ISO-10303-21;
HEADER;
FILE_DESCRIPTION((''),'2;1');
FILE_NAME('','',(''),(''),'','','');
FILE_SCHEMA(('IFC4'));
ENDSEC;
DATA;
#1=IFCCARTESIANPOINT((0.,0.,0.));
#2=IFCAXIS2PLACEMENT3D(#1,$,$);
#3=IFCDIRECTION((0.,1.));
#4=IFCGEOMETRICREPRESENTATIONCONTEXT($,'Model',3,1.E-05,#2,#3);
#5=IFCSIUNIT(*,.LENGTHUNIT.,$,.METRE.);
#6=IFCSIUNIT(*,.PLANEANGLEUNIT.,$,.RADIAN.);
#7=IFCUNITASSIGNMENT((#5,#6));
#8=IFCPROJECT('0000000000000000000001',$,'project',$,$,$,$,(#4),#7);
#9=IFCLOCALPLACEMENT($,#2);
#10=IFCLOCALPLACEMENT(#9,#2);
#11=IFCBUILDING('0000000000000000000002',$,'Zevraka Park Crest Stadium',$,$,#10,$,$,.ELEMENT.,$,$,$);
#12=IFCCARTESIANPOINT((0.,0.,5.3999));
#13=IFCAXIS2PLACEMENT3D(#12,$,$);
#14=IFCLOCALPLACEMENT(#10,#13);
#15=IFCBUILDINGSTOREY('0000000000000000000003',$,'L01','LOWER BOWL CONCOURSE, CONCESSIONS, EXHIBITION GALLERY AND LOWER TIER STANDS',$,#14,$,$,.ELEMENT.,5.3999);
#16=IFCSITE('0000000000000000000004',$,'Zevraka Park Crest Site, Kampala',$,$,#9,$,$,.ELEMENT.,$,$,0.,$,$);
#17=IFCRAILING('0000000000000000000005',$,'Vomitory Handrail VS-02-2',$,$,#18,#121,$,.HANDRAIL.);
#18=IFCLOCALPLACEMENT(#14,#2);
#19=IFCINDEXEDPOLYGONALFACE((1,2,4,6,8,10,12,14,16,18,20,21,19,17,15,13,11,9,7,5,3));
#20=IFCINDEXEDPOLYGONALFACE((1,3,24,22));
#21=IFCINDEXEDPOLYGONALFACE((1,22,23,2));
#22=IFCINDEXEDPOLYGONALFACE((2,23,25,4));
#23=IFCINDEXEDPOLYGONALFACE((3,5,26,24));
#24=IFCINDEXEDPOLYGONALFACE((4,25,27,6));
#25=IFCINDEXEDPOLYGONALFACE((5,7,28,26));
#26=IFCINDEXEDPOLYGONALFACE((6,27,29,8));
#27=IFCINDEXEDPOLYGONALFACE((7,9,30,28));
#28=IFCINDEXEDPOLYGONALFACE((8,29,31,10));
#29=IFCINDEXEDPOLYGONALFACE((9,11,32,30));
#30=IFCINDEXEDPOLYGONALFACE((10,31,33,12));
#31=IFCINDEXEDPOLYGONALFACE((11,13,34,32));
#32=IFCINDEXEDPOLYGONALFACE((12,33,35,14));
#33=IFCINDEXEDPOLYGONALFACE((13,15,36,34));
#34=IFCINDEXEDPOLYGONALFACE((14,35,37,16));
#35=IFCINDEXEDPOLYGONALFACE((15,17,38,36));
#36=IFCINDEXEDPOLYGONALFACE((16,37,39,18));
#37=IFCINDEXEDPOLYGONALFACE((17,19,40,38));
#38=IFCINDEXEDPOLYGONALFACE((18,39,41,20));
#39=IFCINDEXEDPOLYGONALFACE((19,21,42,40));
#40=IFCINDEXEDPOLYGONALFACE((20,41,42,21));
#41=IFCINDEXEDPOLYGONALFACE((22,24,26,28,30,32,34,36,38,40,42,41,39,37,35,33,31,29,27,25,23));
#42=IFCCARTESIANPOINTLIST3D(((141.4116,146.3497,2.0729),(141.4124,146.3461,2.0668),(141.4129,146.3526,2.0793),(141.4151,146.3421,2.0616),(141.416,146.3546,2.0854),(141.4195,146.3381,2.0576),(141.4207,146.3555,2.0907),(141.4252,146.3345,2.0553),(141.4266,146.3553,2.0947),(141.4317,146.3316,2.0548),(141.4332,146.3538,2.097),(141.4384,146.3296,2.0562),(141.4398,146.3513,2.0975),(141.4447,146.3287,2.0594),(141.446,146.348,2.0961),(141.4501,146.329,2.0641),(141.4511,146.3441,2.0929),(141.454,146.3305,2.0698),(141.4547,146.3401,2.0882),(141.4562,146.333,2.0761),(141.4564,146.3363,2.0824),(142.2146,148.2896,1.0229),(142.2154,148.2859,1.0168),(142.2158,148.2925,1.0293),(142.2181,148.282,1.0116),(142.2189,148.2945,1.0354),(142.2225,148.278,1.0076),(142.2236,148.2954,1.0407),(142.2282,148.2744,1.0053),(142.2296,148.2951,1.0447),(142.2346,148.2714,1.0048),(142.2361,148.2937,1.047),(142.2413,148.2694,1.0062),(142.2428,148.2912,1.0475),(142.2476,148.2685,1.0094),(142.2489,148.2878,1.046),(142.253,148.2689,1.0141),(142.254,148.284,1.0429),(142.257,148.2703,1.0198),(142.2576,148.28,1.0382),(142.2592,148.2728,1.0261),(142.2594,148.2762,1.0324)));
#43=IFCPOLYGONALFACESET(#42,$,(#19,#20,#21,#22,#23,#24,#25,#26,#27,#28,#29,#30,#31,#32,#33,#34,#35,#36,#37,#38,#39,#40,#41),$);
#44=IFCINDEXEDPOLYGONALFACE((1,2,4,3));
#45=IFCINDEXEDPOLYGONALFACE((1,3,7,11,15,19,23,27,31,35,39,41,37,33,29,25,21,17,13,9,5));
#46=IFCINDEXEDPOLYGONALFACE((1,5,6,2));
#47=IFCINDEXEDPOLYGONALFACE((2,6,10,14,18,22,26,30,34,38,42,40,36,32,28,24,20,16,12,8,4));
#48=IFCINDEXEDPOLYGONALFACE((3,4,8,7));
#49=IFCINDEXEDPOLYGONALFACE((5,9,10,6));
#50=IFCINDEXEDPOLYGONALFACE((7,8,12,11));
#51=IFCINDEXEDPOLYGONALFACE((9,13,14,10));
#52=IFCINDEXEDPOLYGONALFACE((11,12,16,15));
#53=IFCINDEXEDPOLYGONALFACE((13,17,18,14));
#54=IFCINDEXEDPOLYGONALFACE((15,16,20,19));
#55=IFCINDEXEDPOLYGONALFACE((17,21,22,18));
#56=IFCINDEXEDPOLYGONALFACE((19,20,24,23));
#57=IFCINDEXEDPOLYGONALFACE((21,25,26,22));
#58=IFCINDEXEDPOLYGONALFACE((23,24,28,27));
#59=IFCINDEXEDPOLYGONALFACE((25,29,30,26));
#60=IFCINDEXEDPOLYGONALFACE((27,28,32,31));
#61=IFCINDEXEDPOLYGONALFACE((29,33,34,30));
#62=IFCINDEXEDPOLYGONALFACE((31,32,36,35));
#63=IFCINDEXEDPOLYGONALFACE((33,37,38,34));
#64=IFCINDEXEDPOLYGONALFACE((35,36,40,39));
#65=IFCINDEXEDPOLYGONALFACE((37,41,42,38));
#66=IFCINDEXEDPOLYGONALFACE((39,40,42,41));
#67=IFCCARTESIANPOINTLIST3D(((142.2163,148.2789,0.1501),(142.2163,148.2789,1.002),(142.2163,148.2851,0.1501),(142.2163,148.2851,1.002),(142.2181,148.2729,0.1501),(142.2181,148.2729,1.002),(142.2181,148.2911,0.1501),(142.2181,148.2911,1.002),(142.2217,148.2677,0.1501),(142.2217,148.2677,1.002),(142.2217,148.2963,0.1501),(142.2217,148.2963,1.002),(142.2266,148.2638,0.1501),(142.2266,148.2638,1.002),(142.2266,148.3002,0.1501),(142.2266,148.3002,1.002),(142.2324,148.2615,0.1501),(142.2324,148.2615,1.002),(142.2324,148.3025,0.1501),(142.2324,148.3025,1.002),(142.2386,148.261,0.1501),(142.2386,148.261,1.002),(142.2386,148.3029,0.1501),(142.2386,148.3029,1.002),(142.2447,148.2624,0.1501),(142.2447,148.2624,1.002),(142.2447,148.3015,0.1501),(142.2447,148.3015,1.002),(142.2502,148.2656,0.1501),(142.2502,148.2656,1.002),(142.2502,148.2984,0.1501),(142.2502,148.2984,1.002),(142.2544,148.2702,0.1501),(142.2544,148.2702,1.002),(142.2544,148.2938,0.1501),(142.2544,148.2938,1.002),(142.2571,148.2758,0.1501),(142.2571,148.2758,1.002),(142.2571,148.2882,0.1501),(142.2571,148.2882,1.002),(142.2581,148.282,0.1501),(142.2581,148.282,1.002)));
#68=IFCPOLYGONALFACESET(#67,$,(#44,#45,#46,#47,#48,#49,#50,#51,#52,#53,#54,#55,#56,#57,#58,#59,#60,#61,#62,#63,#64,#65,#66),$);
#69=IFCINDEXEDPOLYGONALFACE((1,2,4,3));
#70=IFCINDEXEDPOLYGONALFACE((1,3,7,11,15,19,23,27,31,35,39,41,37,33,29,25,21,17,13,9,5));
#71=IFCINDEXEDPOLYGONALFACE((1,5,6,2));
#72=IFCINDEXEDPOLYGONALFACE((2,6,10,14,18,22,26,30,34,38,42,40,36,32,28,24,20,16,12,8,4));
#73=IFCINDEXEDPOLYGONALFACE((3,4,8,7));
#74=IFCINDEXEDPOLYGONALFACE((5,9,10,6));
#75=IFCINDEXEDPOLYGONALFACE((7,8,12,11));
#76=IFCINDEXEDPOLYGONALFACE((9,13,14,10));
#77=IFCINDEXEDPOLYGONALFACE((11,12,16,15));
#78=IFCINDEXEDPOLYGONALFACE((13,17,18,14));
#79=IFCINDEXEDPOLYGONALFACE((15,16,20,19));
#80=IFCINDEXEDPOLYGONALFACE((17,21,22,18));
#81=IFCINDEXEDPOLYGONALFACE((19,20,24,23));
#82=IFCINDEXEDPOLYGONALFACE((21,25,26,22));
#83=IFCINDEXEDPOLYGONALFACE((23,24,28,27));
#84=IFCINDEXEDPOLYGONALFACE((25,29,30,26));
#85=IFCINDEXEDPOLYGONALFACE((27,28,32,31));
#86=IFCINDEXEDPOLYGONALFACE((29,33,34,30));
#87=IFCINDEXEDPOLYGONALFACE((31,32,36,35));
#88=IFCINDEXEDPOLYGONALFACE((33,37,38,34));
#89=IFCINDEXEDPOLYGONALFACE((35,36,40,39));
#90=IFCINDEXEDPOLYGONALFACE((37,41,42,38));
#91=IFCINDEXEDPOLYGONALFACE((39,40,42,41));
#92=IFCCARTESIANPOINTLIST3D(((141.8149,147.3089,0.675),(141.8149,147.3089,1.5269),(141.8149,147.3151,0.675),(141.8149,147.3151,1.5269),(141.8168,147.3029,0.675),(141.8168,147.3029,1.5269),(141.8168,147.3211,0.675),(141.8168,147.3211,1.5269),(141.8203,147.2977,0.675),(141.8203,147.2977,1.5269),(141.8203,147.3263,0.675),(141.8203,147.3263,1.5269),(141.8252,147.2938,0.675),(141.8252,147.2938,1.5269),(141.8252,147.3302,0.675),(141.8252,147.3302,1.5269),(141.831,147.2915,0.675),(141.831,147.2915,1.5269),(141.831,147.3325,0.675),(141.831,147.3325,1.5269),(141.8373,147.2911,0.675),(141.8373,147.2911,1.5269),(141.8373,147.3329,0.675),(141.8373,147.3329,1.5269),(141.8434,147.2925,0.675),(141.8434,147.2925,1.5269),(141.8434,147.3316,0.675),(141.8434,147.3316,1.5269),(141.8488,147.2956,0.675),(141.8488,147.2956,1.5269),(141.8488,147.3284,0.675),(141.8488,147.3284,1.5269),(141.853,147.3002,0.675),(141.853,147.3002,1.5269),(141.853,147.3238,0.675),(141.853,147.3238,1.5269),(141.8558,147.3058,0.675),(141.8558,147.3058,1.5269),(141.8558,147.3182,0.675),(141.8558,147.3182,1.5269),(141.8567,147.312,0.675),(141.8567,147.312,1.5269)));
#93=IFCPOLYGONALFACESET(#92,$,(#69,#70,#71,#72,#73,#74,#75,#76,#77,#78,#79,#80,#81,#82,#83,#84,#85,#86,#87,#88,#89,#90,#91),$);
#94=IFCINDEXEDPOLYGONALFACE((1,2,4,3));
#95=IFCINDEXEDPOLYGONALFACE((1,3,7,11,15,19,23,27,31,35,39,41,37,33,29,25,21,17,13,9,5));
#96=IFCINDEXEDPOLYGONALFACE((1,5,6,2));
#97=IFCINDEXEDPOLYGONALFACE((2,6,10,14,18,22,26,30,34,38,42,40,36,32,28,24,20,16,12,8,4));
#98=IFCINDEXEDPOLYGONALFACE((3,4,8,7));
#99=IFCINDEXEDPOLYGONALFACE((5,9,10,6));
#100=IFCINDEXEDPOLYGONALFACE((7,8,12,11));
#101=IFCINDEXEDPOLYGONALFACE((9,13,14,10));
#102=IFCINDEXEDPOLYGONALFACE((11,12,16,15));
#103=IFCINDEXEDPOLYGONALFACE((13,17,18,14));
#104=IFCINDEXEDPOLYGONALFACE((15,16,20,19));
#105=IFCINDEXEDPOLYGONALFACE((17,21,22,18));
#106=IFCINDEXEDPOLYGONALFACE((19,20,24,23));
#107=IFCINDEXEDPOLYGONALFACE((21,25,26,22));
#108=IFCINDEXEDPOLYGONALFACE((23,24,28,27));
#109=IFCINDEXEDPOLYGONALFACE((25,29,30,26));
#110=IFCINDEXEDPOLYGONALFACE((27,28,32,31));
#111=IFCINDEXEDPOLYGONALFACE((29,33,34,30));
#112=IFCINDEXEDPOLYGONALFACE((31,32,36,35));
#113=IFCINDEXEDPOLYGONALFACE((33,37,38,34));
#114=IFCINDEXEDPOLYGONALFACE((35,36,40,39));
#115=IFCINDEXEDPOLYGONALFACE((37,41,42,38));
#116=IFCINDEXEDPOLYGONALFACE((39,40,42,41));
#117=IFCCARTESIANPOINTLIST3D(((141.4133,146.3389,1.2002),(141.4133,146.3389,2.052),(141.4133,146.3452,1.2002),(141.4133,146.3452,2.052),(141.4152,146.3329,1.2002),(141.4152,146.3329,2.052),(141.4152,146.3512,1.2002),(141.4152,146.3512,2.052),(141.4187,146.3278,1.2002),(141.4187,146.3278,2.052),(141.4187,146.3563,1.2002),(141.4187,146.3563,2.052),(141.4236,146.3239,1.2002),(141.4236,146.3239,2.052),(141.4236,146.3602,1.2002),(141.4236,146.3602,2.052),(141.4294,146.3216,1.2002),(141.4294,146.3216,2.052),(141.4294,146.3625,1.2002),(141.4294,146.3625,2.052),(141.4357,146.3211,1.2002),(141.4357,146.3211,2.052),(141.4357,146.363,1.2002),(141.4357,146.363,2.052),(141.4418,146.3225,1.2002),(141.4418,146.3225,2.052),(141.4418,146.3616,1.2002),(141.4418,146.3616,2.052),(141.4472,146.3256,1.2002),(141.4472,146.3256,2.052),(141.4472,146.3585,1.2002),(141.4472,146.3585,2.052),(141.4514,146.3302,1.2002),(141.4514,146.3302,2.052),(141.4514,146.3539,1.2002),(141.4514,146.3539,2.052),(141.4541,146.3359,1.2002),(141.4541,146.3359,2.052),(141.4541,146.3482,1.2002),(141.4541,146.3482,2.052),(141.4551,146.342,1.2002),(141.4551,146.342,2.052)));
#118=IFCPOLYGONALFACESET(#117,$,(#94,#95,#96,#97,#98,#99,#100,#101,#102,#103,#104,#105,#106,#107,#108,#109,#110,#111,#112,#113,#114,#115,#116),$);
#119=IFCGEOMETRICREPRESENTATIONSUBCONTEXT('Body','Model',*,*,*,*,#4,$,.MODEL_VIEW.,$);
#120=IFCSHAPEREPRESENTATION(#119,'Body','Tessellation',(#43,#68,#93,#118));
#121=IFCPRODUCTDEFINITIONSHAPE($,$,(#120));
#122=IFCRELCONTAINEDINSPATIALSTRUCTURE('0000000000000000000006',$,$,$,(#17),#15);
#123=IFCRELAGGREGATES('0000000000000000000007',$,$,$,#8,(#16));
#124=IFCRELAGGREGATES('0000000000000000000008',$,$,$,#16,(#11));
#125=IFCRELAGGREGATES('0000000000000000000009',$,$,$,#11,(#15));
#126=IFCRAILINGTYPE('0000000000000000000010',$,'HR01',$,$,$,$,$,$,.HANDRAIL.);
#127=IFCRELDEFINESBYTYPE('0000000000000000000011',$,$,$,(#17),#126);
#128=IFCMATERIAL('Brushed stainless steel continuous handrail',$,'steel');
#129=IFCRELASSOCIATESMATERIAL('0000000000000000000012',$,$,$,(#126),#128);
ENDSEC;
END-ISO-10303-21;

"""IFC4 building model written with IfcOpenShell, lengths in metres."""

from ifc_helpers import new_model, si_unit, direction, frame, origin, origin_2d, place, context, subcontext, project, spatial, circle, extrude, material, type_object, element, save


model = new_model("IFC4")

# Units and contexts
model_context = context("Model", 3, precision=1e-05, world=origin(), true_north=direction((0.0, 1.0)))
body_context = subcontext(model_context, "Body", "Model", "MODEL_VIEW")
ifc_project = project(units=[si_unit("LENGTHUNIT", "METRE"), si_unit("PLANEANGLEUNIT", "RADIAN")], contexts=[model_context])

# Site, building, storey
site_placement = place(None, origin())
site = spatial("IfcSite", under=ifc_project, at=site_placement, Name="Zevraka Park Crest Site, Kampala", CompositionType="ELEMENT", RefElevation=0.0)
building_placement = place(site_placement, origin())
building = spatial("IfcBuilding", under=site, at=building_placement, Name="Zevraka Park Crest Stadium", CompositionType="ELEMENT")
storey_placement = place(building_placement, frame((0.0, 0.0, 5.3999)))
storey = spatial("IfcBuildingStorey", under=building, at=storey_placement, Name="L01", Description="LOWER BOWL CONCOURSE, CONCESSIONS, EXHIBITION GALLERY AND LOWER TIER STANDS", CompositionType="ELEMENT", Elevation=5.3999)

# Railing
ifc_material_1 = material(Name="Brushed stainless steel continuous handrail", Category="steel")
railing_type_1 = type_object("IfcRailingType", Name="HR01", PredefinedType="HANDRAIL", material=ifc_material_1)
railing_1_placement = place(storey_placement, frame((142.2371, 148.282, 0.1501)))
element("IfcRailing", 1, at=railing_1_placement, inside=storey, type_object=railing_type_1, Name="Vomitory Handrail VS-02-2", PredefinedType="HANDRAIL", context=body_context, shape_type="SweptSolid", body=[
    extrude(circle(Radius=0.0239, at=origin_2d()), frame((0.0, 0.0, 0.876), z_axis=(-0.342057, -0.826387, 0.447305), x_axis=(0.923976, -0.382451, 0.0)), (0.0, 0.0, 1.0), 2.3474),
    extrude(circle(Radius=0.021, at=origin_2d()), origin(), (0.0, 0.0, 1.0), 0.8518),
    extrude(circle(Radius=0.021, at=origin_2d()), frame((-0.4014, -0.97, 0.5249)), (0.0, 0.0, 1.0), 0.8518),
    extrude(circle(Radius=0.021, at=origin_2d()), frame((-0.803, -1.9399, 1.05)), (0.0, 0.0, 1.0), 0.8518),
])

save(model, "model.ifc")
